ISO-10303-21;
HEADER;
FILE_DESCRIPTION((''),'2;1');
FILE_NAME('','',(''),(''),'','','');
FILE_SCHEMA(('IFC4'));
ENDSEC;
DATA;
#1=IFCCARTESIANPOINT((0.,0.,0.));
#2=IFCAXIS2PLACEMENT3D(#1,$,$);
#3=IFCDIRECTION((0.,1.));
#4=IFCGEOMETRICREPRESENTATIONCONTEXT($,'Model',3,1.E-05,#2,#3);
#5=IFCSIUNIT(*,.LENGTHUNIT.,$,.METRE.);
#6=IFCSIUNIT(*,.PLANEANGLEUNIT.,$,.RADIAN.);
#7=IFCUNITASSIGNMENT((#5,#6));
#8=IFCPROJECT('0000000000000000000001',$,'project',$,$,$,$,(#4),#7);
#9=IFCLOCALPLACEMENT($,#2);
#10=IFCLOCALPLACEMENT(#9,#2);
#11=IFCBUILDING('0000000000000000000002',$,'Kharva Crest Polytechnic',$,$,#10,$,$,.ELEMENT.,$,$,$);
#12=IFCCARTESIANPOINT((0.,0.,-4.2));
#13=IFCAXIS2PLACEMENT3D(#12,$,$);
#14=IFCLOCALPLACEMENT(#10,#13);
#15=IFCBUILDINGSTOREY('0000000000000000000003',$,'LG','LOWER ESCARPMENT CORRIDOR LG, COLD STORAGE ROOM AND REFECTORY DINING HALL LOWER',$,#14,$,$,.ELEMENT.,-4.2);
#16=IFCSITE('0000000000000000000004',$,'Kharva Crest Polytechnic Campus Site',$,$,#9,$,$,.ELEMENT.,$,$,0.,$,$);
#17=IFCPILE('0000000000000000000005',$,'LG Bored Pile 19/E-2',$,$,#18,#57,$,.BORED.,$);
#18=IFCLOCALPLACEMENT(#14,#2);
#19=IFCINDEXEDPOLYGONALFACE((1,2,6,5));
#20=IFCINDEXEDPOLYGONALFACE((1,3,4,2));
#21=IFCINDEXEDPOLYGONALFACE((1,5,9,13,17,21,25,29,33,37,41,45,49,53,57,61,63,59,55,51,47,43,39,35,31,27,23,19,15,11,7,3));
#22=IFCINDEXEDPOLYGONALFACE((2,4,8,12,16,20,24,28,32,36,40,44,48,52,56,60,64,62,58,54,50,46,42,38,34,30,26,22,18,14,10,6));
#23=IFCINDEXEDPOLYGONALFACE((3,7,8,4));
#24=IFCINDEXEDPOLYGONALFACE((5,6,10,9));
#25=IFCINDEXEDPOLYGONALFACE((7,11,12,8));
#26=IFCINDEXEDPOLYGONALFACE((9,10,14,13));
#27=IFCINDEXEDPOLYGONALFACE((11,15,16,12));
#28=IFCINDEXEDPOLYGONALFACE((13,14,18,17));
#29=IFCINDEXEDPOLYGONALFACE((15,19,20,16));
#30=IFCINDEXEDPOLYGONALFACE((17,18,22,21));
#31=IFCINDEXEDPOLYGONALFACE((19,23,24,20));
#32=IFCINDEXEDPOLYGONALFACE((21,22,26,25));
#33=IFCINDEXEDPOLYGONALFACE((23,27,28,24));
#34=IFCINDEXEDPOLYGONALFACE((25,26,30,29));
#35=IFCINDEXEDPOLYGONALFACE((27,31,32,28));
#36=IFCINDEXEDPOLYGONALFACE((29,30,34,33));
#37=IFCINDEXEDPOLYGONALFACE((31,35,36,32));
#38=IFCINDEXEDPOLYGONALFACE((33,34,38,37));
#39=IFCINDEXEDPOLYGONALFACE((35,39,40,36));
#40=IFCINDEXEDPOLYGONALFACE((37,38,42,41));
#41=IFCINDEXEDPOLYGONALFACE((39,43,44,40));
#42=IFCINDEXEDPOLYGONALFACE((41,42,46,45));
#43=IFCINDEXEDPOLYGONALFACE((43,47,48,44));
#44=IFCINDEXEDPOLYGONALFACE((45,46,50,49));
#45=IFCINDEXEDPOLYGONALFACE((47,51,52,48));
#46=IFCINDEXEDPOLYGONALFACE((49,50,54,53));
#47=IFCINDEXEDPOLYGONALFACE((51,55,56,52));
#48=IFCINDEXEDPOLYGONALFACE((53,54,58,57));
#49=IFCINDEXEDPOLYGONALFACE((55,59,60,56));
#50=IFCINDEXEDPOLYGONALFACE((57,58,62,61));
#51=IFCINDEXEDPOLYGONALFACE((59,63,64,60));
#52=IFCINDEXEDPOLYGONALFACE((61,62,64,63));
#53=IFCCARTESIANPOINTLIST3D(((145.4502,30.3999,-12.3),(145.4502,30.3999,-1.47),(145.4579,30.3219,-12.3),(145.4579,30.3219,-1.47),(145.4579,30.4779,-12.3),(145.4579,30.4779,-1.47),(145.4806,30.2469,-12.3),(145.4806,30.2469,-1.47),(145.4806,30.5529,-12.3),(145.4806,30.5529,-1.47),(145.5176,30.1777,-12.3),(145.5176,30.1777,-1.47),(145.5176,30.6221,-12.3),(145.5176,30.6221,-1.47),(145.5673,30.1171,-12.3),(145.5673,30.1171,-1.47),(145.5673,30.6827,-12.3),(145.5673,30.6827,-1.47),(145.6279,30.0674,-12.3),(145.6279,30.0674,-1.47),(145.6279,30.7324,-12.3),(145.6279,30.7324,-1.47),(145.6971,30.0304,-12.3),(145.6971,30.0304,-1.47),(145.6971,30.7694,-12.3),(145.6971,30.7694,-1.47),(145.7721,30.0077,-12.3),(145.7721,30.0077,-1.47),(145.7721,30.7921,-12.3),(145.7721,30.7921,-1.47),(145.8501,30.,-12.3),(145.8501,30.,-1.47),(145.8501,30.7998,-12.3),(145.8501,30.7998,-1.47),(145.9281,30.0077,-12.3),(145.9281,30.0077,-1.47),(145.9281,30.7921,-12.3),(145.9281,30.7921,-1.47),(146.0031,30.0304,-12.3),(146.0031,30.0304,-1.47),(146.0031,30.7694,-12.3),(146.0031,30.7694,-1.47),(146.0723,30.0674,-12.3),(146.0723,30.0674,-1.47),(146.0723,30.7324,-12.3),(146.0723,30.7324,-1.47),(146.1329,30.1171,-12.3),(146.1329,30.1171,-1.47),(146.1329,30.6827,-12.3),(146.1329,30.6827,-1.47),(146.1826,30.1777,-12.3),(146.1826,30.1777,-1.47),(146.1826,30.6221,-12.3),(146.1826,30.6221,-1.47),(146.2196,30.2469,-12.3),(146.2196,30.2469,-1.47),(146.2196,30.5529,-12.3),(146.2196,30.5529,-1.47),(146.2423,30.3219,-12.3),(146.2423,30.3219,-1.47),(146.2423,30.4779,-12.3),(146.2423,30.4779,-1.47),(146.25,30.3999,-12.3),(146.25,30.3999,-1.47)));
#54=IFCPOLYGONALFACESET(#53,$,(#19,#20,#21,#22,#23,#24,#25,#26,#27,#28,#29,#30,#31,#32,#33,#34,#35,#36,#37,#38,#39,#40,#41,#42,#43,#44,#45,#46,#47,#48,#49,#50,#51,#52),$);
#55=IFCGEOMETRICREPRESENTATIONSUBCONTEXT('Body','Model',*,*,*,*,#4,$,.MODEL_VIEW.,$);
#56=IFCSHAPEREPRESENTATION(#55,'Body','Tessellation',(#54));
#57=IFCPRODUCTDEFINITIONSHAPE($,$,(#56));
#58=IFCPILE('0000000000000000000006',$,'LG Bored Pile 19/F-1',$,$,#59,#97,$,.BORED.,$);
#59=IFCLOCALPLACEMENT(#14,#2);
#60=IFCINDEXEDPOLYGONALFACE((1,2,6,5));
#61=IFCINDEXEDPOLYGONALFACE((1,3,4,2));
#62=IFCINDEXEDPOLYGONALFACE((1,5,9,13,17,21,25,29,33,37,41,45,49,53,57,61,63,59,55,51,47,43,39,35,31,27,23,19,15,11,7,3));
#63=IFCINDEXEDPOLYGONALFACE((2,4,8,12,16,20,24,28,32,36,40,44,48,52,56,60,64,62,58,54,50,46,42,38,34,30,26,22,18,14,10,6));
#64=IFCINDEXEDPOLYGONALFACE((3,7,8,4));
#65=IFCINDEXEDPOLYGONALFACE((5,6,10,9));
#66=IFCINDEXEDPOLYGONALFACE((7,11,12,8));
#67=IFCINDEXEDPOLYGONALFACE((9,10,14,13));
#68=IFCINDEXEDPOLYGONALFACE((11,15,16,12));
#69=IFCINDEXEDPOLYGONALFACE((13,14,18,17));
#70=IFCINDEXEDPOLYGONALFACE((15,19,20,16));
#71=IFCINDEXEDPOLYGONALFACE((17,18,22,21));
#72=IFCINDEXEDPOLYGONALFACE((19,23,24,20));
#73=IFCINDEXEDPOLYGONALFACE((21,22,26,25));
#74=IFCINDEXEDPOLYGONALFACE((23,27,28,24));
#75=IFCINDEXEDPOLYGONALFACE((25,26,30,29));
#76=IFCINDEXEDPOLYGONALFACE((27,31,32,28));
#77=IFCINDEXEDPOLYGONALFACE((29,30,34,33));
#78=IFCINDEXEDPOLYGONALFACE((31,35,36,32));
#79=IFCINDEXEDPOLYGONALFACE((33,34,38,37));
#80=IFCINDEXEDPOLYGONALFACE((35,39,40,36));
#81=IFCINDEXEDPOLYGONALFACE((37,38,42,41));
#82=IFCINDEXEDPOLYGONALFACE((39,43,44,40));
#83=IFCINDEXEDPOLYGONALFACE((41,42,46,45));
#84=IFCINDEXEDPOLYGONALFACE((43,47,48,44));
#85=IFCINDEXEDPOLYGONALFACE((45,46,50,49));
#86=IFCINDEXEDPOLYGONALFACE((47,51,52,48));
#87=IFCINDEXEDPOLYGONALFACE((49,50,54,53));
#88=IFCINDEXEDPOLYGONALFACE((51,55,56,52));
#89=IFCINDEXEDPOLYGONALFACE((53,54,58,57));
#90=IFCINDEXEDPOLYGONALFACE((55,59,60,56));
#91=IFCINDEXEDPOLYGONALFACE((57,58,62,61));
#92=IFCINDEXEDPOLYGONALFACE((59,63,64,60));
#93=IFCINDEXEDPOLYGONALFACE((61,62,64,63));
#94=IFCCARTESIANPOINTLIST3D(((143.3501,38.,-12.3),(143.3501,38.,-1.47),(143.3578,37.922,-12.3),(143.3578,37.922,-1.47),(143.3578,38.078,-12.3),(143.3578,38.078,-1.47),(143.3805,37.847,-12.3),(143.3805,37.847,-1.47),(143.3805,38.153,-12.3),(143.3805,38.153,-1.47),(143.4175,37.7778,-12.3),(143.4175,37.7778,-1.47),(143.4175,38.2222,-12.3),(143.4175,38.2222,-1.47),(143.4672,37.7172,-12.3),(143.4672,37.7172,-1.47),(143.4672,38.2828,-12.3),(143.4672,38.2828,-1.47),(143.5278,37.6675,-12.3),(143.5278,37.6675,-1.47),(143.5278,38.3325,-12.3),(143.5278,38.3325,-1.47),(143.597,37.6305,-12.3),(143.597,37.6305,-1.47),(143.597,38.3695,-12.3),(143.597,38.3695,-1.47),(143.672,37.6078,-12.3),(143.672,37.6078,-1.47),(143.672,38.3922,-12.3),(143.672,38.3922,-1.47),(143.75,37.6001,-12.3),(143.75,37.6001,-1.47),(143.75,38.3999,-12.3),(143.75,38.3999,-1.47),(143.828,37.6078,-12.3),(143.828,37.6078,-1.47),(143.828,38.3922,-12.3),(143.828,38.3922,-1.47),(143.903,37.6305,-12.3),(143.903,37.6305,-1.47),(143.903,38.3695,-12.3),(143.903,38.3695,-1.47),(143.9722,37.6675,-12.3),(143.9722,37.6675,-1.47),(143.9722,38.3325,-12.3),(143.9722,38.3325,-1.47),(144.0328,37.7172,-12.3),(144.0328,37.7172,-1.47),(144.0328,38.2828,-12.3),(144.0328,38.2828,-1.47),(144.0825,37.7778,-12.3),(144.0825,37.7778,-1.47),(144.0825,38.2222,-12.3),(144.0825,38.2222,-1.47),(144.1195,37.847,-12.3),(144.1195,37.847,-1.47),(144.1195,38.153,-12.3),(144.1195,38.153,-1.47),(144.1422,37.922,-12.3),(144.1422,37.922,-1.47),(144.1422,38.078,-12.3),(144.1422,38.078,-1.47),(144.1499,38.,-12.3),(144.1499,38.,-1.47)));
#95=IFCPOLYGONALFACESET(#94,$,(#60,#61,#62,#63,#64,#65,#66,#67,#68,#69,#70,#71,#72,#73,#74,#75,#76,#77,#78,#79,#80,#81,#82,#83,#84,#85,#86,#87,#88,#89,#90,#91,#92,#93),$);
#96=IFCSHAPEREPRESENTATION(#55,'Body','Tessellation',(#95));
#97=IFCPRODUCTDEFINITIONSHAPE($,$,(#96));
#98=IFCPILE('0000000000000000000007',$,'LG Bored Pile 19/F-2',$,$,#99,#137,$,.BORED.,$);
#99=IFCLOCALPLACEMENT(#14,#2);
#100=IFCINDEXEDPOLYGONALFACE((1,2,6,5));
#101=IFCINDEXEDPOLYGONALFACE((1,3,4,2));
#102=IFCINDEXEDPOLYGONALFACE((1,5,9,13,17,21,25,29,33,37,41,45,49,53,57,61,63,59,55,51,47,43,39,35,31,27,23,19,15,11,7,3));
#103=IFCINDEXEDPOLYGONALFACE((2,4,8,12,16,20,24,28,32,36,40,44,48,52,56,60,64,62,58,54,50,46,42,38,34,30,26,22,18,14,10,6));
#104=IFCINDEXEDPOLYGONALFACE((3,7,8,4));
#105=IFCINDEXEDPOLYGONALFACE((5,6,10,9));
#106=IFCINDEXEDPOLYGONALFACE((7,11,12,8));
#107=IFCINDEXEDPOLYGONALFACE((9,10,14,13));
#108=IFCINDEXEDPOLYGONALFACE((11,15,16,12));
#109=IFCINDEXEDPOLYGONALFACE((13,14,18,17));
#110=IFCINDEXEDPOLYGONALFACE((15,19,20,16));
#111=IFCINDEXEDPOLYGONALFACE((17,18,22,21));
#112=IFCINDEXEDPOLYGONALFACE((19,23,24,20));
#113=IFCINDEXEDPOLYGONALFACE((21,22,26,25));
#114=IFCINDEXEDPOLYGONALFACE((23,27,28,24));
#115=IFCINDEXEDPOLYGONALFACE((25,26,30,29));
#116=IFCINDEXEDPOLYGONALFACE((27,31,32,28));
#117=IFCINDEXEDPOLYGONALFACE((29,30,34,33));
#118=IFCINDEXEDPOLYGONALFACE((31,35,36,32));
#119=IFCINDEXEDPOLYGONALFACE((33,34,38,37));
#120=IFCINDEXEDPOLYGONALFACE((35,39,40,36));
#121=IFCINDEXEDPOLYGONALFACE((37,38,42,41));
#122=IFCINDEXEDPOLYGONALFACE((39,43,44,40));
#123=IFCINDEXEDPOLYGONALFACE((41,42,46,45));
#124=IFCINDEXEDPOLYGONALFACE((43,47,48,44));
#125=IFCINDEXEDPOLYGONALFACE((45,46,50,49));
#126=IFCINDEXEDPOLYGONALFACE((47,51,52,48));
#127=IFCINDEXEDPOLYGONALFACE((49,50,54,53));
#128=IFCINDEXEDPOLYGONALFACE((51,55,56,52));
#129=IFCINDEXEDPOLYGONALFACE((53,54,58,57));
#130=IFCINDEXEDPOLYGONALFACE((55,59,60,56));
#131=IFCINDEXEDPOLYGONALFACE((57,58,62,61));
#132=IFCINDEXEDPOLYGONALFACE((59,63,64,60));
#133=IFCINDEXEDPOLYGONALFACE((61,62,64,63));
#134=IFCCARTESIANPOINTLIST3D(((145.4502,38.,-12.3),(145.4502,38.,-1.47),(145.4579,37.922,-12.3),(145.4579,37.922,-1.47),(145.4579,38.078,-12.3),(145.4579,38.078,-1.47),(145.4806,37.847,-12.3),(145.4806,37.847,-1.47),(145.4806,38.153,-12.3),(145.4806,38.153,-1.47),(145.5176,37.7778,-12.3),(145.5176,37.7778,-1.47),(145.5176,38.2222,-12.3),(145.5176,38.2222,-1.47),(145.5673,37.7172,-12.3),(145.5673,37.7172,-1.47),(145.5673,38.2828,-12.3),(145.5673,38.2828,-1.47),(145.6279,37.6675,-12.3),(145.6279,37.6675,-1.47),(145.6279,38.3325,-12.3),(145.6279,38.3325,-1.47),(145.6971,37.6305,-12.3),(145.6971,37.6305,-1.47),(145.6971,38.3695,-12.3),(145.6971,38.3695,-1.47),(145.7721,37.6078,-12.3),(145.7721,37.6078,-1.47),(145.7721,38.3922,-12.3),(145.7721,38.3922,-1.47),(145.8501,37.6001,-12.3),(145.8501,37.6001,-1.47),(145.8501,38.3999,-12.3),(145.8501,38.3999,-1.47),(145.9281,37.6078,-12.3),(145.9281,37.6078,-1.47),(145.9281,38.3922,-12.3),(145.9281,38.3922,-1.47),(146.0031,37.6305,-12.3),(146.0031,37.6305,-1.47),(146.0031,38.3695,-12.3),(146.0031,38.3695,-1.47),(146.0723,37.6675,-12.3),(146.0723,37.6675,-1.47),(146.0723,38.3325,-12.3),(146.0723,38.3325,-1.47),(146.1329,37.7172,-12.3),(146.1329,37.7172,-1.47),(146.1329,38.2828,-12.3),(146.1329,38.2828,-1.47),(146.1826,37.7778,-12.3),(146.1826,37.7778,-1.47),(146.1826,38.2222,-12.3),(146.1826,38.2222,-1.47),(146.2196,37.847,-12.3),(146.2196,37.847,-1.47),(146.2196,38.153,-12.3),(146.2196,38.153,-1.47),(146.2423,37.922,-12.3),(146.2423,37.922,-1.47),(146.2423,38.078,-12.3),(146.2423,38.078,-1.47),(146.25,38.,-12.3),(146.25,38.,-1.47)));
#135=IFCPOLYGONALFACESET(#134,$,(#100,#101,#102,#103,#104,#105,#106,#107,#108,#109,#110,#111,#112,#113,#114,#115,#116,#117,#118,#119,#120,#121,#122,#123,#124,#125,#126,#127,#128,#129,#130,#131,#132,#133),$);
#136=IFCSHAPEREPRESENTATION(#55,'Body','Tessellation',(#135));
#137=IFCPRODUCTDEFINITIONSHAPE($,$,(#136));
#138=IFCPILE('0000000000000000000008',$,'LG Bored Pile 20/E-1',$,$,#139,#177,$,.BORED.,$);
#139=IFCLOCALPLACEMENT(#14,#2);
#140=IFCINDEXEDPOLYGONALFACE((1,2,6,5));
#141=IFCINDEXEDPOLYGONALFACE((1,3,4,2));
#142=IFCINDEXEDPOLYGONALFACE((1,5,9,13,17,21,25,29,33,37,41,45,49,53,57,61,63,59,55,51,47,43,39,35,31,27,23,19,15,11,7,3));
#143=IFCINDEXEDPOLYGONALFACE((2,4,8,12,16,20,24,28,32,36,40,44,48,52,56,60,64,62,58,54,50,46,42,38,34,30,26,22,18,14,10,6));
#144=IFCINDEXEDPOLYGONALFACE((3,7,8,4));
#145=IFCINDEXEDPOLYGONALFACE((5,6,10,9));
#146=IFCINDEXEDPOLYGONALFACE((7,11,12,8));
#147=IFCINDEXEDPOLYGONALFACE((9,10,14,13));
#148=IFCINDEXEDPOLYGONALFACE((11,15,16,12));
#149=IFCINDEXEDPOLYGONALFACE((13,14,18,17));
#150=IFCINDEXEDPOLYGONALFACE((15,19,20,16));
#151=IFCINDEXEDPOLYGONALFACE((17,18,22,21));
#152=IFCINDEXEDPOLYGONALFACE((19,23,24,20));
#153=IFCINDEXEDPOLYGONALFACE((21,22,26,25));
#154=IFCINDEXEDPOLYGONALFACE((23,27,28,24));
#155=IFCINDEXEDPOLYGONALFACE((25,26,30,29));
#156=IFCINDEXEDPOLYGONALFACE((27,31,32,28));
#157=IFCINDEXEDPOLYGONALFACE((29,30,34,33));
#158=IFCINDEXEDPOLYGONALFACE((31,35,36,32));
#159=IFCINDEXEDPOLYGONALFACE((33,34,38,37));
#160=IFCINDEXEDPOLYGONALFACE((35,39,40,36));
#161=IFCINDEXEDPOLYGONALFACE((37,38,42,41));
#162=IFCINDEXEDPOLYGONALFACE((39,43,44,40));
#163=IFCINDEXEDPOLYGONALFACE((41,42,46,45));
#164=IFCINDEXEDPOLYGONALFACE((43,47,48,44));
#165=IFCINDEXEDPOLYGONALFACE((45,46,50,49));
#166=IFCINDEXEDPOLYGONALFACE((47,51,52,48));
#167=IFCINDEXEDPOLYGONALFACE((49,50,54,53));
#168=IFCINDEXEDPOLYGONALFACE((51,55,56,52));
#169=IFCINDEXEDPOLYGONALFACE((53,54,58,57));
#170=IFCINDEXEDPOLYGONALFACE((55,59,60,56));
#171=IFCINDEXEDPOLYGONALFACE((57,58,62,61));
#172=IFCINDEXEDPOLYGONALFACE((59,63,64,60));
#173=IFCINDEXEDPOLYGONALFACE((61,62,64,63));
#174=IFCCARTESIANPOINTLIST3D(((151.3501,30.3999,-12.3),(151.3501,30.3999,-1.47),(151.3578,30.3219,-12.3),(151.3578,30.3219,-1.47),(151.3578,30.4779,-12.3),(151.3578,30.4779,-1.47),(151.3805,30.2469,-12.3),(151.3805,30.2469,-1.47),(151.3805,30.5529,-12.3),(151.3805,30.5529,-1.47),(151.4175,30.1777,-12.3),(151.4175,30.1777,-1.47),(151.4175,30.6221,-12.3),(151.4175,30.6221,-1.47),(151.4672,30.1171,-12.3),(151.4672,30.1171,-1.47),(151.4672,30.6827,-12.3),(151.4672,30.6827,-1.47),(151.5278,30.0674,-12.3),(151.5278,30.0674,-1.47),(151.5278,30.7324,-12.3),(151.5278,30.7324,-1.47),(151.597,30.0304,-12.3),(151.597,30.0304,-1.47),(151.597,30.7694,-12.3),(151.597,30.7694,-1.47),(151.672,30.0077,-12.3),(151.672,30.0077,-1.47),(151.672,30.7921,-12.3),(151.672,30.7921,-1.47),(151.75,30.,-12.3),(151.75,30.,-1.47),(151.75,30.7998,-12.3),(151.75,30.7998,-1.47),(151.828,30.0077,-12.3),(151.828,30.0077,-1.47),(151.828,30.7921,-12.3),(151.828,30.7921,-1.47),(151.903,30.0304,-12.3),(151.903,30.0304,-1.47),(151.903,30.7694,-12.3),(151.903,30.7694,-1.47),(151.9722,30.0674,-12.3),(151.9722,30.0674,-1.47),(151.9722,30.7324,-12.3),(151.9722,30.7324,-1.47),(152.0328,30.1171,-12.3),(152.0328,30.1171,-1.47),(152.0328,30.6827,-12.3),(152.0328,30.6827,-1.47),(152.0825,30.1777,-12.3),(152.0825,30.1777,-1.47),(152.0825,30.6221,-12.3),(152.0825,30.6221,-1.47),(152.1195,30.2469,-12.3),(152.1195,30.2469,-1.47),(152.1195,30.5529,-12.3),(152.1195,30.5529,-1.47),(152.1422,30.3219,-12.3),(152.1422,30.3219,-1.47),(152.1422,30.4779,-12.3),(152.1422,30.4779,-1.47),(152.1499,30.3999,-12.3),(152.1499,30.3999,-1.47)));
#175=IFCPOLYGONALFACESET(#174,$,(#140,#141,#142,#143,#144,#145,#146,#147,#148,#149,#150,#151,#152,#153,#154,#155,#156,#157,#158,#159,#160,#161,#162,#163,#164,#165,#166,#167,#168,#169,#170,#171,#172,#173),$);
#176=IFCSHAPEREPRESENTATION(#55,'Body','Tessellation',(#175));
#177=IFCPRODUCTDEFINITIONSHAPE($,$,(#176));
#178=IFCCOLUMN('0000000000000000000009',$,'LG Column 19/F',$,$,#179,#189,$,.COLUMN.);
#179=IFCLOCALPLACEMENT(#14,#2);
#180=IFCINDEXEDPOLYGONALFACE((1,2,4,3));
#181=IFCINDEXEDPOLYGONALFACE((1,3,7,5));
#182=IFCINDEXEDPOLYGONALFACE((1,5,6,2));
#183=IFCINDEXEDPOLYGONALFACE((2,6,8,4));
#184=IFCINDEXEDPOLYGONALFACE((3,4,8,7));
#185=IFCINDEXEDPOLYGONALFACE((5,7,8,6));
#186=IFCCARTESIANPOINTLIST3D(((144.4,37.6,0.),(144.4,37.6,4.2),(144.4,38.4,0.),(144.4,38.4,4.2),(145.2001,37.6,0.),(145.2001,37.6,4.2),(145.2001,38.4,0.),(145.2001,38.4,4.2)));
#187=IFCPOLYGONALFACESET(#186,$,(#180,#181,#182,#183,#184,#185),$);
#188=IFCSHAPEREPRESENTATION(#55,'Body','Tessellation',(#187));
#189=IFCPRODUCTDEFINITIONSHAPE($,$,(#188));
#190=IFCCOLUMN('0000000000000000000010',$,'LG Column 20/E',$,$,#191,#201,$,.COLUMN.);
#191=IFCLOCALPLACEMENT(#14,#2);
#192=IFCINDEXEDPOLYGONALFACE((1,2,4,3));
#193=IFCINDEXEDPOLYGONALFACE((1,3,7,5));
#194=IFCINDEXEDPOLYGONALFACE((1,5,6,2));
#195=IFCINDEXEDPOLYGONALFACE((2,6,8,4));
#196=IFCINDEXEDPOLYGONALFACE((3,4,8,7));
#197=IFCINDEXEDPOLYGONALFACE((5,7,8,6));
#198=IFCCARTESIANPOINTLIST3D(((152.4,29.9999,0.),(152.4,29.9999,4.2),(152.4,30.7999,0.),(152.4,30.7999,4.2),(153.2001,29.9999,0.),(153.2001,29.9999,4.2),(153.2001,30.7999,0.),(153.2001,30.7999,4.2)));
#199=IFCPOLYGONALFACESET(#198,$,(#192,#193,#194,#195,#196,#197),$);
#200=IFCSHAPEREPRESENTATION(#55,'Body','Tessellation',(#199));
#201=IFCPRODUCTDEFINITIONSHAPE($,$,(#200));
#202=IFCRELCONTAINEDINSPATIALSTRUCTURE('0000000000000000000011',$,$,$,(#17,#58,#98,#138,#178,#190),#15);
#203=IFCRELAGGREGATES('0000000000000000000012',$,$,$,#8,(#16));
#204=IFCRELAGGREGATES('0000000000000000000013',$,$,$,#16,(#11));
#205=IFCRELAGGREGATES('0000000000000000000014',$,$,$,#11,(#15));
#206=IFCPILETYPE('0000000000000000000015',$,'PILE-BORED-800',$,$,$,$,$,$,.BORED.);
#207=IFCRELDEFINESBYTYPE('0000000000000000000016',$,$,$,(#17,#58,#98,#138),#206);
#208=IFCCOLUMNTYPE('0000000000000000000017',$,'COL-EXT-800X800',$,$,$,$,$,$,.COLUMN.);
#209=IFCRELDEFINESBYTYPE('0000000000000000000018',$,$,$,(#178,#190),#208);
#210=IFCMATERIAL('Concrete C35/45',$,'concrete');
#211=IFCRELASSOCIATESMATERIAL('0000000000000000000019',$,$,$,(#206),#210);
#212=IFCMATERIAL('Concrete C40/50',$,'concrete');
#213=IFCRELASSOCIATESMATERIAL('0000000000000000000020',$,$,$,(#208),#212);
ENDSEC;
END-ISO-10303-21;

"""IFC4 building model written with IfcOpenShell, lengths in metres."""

from ifc_helpers import new_model, si_unit, direction, frame, origin, origin_2d, place, context, subcontext, project, spatial, rectangle, circle, extrude, material, material_profile, profile_set, type_object, element, save


model = new_model("IFC4")

# Units and contexts
model_context = context("Model", 3, precision=1e-05, world=origin(), true_north=direction((0.0, 1.0)))
body_context = subcontext(model_context, "Body", "Model", "MODEL_VIEW")
ifc_project = project(units=[si_unit("LENGTHUNIT", "METRE"), si_unit("PLANEANGLEUNIT", "RADIAN")], contexts=[model_context])

# Site, building, storey
site_placement = place(None, origin())
site = spatial("IfcSite", under=ifc_project, at=site_placement, Name="Kharva Crest Polytechnic Campus Site", CompositionType="ELEMENT", RefElevation=0.0)
building_placement = place(site_placement, origin())
building = spatial("IfcBuilding", under=site, at=building_placement, Name="Kharva Crest Polytechnic", CompositionType="ELEMENT")
storey_placement = place(building_placement, frame((0.0, 0.0, -4.2)))
storey = spatial("IfcBuildingStorey", under=building, at=storey_placement, Name="LG", Description="LOWER ESCARPMENT CORRIDOR LG, COLD STORAGE ROOM AND REFECTORY DINING HALL LOWER", CompositionType="ELEMENT", Elevation=-4.2)

# Shared definitions
ifc_material_1 = material(Name="Concrete C35/45", Category="concrete")

# Piles
ifc_material_profile_1 = material_profile(ifc_material_1, circle(Radius=0.3999, at=origin_2d()), Name="DIA 800")
ifc_profile_set_1 = profile_set([ifc_material_profile_1], Name="Concrete C35/45")
pile_type = type_object("IfcPileType", Name="PILE-BORED-800", PredefinedType="BORED", material=ifc_profile_set_1)
for number, where, z_axis, x_axis, name in (
    (1, (145.8501, 30.3999, -1.47), (0.0, 0.0, -1.0), (1.0, 0.0, 0.0), "LG Bored Pile 19/E-2"),
    (2, (143.75, 38.0, -1.47), (0.0, 0.0, -1.0), (1.0, 0.0, 0.0), "LG Bored Pile 19/F-1"),
    (3, (145.8501, 38.0, -1.47), (0.0, 0.0, -1.0), (1.0, 0.0, 0.0), "LG Bored Pile 19/F-2"),
    (4, (151.75, 30.3999, -1.47), (0.0, 0.0, -1.0), (1.0, 0.0, 0.0), "LG Bored Pile 20/E-1"),
):
    element("IfcPile", number, at=place(storey_placement, frame(where, z_axis=z_axis, x_axis=x_axis)), inside=storey, type_object=pile_type, Name=name, PredefinedType="BORED", context=body_context, shape_type="SweptSolid", body=[
        extrude(circle(Radius=0.3999, at=origin_2d()), origin(), (0.0, 0.0, 1.0), 10.8301),
    ])

# Columns
ifc_material_2 = material(Name="Concrete C40/50", Category="concrete")
ifc_material_profile_2 = material_profile(ifc_material_2, rectangle(XDim=0.8, YDim=0.8, at=origin_2d()), Name="RECT 800 X 800")
ifc_profile_set_2 = profile_set([ifc_material_profile_2], Name="Concrete C40/50")
column_type_1 = type_object("IfcColumnType", Name="COL-EXT-800X800", PredefinedType="COLUMN", material=ifc_profile_set_2)
for number, where, z_axis, x_axis, name in (
    (5, (144.8, 38.0, 0.0), (0.0, 0.0, 1.0), (1.0, 0.0, 0.0), "LG Column 19/F"),
    (6, (152.8, 30.3999, 0.0), (0.0, 0.0, 1.0), (1.0, 0.0, 0.0), "LG Column 20/E"),
):
    element("IfcColumn", number, at=place(storey_placement, frame(where, z_axis=z_axis, x_axis=x_axis)), inside=storey, type_object=column_type_1, Name=name, PredefinedType="COLUMN", context=body_context, shape_type="SweptSolid", body=[
        extrude(rectangle(XDim=0.8, YDim=0.8, at=origin_2d()), origin(), (0.0, 0.0, 1.0), 4.2),
    ])

save(model, "model.ifc")
